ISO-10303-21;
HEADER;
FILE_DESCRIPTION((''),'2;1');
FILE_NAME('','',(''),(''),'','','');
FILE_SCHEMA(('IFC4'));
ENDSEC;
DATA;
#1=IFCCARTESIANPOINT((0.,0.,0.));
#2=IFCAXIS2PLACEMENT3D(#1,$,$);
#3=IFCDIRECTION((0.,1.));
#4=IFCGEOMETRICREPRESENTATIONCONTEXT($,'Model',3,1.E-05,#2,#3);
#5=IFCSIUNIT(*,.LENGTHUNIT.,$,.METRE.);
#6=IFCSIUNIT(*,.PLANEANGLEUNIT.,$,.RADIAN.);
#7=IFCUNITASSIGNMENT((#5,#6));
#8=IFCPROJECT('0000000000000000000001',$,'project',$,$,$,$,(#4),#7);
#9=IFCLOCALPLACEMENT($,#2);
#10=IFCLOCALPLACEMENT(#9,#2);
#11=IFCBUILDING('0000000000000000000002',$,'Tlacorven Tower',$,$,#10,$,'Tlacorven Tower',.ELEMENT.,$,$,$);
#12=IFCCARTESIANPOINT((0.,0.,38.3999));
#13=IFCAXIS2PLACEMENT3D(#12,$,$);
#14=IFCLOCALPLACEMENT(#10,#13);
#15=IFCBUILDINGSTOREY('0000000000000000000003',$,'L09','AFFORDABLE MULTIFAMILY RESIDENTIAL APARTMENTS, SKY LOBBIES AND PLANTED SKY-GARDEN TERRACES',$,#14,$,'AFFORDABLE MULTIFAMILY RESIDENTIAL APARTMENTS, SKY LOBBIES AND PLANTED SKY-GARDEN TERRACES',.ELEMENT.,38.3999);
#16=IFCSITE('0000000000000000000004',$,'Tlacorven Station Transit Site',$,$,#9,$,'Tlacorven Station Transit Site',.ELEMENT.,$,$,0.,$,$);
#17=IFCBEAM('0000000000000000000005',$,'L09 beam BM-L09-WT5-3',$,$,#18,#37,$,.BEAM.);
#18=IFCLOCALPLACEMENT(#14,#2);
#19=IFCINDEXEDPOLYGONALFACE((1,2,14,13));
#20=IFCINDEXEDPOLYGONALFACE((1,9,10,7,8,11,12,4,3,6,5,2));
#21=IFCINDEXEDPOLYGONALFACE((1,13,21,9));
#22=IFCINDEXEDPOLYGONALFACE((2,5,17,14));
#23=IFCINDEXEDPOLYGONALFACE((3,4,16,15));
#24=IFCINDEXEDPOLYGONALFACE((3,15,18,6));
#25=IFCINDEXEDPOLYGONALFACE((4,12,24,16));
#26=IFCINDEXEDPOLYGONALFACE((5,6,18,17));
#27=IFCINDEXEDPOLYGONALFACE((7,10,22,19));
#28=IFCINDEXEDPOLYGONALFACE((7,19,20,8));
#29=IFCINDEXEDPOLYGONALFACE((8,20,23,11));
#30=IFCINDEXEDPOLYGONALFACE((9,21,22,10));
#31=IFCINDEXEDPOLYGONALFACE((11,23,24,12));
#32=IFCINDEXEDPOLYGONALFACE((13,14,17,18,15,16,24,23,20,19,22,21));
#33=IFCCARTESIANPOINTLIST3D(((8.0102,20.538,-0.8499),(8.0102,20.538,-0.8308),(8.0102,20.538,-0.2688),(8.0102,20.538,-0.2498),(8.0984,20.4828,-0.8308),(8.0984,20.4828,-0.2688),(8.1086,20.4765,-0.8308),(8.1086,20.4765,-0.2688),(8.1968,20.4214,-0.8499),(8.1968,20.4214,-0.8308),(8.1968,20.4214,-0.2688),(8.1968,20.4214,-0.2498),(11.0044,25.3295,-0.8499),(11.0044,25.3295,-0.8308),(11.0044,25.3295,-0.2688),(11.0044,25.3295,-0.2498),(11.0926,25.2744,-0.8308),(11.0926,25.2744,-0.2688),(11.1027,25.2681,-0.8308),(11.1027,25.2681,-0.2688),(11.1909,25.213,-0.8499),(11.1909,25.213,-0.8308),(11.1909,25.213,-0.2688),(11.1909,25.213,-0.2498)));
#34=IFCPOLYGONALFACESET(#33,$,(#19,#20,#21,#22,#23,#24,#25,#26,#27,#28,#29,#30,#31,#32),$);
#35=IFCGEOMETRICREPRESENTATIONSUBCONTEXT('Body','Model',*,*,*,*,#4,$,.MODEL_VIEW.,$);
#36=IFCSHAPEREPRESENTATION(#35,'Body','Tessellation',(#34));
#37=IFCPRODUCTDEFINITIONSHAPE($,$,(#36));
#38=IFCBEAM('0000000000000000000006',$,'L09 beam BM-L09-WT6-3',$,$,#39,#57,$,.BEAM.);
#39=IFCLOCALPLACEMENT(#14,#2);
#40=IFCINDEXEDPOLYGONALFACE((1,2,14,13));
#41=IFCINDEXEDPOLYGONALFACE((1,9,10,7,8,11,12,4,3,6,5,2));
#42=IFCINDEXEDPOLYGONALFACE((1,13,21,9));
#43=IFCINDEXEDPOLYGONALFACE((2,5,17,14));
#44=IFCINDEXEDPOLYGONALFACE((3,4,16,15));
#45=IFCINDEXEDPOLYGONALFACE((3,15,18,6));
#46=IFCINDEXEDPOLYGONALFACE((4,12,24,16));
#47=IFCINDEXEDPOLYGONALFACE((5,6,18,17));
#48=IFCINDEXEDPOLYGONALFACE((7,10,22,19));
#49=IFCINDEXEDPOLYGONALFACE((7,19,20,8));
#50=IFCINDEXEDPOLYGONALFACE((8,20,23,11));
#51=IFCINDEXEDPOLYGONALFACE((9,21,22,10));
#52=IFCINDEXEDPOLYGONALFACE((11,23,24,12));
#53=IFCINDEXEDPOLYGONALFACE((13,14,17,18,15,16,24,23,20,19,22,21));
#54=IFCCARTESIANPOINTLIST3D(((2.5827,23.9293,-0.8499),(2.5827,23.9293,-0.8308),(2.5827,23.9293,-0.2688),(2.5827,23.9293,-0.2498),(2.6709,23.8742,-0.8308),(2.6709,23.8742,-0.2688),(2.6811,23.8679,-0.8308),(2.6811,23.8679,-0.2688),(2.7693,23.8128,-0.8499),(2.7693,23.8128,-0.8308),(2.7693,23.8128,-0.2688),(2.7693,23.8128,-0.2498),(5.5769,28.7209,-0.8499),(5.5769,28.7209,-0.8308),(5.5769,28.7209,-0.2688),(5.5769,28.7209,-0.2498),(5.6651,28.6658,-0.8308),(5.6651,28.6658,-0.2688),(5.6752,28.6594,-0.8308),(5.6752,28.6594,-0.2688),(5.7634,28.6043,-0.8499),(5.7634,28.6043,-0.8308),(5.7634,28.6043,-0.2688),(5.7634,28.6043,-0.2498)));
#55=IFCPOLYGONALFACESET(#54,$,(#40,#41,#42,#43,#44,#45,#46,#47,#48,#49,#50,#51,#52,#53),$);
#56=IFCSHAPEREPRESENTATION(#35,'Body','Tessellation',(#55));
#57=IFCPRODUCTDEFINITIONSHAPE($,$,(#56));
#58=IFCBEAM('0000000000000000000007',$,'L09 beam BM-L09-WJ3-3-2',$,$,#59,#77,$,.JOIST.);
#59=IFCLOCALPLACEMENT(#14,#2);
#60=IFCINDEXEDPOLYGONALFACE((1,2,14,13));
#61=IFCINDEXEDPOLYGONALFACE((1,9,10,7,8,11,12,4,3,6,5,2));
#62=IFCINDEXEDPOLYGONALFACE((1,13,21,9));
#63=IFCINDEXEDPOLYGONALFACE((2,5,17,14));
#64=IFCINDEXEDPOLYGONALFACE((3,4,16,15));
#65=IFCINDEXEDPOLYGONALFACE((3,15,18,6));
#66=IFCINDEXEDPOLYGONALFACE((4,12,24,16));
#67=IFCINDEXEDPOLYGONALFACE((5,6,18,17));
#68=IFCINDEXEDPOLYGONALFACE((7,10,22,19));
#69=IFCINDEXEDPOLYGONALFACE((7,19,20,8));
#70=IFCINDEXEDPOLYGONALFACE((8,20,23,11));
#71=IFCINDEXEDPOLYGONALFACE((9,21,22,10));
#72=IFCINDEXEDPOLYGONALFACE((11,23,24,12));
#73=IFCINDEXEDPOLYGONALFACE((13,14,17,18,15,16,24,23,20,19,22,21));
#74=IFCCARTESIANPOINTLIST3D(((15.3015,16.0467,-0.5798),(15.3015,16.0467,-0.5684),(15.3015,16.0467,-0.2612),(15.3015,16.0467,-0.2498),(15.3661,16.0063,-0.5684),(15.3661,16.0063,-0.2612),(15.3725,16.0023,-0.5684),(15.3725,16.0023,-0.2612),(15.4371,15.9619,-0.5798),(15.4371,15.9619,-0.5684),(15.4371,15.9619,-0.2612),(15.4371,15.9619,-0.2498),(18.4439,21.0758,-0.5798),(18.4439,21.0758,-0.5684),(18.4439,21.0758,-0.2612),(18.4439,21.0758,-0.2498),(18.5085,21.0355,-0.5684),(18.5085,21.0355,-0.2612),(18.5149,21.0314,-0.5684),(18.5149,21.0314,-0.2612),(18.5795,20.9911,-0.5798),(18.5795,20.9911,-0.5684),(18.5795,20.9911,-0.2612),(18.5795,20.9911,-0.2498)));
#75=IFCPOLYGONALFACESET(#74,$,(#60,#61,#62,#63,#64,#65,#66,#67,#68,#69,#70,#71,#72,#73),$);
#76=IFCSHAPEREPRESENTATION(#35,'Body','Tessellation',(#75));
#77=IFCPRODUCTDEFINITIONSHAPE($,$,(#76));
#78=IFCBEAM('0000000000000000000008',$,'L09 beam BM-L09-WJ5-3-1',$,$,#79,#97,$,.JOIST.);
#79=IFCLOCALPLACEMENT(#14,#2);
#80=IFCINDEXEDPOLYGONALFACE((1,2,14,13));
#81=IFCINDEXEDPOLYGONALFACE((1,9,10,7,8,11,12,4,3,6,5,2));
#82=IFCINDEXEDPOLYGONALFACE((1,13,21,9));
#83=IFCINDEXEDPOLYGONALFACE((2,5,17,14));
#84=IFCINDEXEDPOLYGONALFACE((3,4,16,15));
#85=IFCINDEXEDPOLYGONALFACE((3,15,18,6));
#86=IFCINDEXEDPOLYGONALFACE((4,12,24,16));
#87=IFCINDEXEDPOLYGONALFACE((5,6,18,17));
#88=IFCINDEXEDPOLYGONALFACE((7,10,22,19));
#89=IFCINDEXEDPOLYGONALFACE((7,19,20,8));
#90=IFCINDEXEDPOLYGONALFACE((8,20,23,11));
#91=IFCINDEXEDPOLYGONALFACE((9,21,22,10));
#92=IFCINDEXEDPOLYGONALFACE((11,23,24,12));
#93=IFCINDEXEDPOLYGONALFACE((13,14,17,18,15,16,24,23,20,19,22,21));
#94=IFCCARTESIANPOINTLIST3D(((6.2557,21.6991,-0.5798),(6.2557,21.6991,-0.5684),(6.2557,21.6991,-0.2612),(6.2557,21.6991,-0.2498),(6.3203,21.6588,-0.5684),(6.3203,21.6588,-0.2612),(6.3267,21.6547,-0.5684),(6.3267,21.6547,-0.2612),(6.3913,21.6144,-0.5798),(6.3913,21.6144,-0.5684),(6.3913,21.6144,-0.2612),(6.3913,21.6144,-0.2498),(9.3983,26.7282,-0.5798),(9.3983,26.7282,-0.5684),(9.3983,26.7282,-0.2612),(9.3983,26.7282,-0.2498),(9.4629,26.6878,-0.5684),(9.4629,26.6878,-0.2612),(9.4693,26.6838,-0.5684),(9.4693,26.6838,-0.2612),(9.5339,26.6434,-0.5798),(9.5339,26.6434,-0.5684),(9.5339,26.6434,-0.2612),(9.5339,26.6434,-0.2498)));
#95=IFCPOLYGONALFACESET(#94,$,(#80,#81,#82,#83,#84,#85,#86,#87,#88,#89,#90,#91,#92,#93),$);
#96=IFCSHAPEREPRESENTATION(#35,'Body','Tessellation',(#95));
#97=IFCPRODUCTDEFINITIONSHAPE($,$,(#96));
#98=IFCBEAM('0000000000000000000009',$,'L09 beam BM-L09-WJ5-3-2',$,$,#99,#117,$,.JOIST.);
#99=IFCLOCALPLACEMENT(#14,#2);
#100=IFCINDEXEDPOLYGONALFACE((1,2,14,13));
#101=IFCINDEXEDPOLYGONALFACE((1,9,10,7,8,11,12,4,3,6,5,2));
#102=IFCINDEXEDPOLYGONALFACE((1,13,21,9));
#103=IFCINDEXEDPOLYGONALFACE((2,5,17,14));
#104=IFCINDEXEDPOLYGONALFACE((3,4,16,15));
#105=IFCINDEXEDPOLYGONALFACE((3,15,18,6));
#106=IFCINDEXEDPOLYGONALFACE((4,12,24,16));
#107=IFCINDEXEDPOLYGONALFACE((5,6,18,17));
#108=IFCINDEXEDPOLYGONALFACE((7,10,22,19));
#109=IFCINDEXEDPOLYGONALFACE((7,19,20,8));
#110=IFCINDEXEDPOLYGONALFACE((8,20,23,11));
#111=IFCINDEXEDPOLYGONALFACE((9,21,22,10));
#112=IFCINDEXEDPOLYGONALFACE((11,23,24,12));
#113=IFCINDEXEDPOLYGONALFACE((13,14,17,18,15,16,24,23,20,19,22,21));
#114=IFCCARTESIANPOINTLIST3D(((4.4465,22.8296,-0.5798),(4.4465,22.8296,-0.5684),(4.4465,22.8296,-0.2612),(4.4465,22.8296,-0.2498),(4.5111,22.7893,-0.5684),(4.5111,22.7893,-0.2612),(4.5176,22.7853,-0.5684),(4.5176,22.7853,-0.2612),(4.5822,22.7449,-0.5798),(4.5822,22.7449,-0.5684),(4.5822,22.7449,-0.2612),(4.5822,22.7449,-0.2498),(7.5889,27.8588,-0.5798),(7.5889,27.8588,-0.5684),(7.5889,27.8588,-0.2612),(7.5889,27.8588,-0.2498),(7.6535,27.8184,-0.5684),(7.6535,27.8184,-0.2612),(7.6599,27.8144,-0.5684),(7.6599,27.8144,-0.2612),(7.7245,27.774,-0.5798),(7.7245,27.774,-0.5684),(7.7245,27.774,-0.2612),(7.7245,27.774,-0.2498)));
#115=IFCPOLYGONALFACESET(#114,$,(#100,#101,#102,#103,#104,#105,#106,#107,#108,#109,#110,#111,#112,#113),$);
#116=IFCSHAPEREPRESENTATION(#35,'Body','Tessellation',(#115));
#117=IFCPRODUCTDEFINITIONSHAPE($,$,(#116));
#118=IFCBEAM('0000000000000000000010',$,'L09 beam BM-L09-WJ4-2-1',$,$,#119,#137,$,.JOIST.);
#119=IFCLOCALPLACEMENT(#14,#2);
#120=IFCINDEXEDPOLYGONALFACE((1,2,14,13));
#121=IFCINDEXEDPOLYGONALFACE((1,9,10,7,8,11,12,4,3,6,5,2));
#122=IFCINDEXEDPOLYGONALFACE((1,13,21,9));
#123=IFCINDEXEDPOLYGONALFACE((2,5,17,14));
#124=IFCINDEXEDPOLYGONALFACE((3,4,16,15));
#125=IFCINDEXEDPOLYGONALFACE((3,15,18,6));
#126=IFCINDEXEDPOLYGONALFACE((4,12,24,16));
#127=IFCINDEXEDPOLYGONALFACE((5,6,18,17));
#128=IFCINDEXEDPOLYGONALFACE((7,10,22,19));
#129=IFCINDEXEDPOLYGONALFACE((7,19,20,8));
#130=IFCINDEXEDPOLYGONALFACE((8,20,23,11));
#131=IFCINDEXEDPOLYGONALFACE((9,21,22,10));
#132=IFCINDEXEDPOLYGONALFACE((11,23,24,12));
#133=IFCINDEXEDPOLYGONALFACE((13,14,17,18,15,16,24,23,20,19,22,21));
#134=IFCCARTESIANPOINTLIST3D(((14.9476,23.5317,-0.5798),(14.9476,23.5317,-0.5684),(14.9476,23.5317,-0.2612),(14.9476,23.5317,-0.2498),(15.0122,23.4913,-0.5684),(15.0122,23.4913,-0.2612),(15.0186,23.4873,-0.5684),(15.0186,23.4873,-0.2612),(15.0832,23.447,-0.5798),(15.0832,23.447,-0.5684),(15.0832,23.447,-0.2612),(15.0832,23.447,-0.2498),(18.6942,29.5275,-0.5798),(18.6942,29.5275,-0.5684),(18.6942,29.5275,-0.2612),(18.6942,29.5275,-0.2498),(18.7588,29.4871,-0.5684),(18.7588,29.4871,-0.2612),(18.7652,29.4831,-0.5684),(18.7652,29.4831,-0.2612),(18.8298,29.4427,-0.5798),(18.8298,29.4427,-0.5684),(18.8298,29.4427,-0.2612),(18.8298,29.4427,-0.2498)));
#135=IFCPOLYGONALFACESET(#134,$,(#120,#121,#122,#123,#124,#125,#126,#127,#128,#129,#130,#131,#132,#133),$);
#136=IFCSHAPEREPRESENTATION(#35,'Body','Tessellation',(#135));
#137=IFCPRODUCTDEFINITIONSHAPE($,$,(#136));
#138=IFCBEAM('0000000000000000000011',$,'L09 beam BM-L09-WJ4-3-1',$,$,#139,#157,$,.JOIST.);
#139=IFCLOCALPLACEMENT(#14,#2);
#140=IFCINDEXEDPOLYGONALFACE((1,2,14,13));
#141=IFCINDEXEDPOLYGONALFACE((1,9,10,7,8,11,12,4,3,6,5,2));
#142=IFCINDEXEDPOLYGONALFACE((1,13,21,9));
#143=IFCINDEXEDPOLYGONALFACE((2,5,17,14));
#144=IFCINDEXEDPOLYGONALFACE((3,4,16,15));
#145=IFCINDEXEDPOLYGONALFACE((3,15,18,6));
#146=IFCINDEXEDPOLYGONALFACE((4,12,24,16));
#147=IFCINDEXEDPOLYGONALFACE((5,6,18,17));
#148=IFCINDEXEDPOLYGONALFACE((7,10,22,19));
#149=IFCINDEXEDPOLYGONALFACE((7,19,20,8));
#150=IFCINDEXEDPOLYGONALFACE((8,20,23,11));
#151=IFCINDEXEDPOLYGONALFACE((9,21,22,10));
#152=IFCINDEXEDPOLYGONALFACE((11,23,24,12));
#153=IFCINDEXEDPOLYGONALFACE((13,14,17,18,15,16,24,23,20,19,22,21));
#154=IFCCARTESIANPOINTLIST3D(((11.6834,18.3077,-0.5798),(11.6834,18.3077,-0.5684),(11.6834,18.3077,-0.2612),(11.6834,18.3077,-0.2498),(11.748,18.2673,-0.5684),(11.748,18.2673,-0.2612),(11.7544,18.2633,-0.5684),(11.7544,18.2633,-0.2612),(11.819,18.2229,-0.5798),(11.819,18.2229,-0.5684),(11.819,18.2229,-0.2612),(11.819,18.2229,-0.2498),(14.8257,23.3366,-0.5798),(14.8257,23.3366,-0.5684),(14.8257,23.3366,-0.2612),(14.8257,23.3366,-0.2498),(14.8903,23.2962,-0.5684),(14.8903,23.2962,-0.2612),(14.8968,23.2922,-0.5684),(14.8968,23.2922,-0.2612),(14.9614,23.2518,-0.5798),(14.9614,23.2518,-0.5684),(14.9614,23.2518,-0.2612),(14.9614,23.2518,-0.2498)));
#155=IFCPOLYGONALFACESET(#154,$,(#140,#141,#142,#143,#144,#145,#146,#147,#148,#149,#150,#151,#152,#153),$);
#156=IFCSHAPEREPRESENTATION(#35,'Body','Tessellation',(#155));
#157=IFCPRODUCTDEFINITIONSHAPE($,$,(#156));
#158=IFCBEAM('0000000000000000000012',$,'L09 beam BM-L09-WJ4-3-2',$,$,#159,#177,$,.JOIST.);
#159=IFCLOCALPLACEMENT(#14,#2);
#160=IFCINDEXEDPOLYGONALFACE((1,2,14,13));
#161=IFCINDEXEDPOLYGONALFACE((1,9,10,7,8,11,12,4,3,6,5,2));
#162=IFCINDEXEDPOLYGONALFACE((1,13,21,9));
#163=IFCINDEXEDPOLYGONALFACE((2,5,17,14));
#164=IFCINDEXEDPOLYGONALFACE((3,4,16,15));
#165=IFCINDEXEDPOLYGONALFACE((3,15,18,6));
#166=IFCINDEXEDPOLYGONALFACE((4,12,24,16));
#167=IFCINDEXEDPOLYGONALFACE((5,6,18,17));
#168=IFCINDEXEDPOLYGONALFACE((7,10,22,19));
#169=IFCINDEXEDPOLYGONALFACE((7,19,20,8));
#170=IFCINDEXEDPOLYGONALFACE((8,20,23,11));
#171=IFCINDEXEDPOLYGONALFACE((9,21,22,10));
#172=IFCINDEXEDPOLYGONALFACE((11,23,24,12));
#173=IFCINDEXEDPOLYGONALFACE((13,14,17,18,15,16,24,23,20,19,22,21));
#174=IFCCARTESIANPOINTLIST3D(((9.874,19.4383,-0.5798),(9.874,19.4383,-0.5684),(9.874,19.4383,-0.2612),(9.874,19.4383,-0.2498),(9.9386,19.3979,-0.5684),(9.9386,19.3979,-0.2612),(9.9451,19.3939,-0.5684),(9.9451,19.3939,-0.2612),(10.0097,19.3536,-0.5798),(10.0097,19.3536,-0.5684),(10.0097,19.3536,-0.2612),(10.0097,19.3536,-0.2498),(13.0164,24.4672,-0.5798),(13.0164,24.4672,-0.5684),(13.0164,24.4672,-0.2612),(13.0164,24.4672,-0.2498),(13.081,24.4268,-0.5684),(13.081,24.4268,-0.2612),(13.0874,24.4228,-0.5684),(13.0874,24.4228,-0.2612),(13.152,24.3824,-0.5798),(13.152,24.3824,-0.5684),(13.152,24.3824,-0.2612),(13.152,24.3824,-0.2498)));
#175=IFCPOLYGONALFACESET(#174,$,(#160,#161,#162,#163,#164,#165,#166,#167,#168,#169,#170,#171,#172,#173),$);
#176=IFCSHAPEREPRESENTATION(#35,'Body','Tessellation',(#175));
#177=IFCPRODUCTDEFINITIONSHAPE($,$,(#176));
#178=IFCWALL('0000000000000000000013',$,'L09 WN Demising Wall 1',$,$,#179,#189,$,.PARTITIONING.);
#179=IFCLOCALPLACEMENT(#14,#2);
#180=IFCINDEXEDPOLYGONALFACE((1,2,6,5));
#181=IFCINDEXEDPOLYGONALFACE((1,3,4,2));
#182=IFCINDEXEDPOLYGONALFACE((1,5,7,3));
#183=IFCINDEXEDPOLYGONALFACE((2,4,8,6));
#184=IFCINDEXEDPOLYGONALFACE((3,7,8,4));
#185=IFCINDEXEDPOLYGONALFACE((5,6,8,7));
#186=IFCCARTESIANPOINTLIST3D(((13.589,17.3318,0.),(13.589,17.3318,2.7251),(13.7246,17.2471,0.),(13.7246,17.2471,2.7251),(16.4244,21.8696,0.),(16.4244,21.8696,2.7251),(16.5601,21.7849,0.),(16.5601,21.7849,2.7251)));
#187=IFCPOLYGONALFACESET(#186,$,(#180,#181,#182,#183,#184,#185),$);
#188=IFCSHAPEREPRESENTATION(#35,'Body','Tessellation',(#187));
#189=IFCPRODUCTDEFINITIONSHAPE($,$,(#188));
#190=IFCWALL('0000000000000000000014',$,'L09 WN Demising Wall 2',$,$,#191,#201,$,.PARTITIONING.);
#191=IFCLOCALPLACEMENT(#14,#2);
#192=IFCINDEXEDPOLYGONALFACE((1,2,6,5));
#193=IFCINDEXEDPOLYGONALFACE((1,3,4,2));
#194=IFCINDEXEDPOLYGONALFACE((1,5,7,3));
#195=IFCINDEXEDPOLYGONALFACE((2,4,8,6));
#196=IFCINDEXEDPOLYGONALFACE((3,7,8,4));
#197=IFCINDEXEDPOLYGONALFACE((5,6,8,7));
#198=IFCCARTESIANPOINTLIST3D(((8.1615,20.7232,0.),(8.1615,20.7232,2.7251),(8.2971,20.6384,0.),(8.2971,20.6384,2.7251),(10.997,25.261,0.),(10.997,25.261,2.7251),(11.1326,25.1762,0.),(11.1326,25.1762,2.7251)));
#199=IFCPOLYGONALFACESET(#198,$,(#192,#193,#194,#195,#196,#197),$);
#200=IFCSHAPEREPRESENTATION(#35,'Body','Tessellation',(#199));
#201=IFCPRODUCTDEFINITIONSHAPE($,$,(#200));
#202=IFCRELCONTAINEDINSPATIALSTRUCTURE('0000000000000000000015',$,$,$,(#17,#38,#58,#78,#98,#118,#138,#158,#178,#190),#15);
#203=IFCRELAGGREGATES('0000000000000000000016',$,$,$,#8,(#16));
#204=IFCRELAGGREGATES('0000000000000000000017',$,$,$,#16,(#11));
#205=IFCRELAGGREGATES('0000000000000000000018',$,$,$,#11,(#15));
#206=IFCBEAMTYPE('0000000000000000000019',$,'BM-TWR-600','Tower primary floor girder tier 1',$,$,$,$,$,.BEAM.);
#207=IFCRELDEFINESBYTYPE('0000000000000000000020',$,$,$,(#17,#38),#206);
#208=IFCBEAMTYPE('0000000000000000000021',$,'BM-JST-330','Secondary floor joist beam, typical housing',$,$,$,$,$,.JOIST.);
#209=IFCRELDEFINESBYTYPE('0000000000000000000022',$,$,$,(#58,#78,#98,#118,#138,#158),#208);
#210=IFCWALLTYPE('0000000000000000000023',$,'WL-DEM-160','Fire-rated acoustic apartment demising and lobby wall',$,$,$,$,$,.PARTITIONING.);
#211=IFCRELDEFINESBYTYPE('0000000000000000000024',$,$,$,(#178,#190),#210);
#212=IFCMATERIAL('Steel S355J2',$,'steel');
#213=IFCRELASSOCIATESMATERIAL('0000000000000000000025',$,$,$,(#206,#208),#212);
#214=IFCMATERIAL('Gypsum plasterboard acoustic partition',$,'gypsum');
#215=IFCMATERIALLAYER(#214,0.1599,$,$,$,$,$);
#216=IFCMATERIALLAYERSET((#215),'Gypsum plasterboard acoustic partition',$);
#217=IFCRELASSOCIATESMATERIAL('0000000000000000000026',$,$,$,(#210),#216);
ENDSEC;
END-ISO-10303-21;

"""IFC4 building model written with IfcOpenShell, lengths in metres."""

from ifc_helpers import new_model, si_unit, direction, frame, frame_2d, origin, origin_2d, place, context, subcontext, project, spatial, rectangle, i_section, extrude, source, transform, mapped, material, layer, layer_set, material_profile, profile_set, type_object, element, save


model = new_model("IFC4")

# Units and contexts
model_context = context("Model", 3, precision=1e-05, world=origin(), true_north=direction((0.0, 1.0)))
body_context = subcontext(model_context, "Body", "Model", "MODEL_VIEW")
ifc_project = project(units=[si_unit("LENGTHUNIT", "METRE"), si_unit("PLANEANGLEUNIT", "RADIAN")], contexts=[model_context])

# Site, building, storey
site_placement = place(None, origin())
site = spatial("IfcSite", under=ifc_project, at=site_placement, Name="Tlacorven Station Transit Site", LongName="Tlacorven Station Transit Site", CompositionType="ELEMENT", RefElevation=0.0)
building_placement = place(site_placement, origin())
building = spatial("IfcBuilding", under=site, at=building_placement, Name="Tlacorven Tower", LongName="Tlacorven Tower", CompositionType="ELEMENT")
storey_placement = place(building_placement, frame((0.0, 0.0, 38.3999)))
storey = spatial("IfcBuildingStorey", under=building, at=storey_placement, Name="L09", Description="AFFORDABLE MULTIFAMILY RESIDENTIAL APARTMENTS, SKY LOBBIES AND PLANTED SKY-GARDEN TERRACES", LongName="AFFORDABLE MULTIFAMILY RESIDENTIAL APARTMENTS, SKY LOBBIES AND PLANTED SKY-GARDEN TERRACES", CompositionType="ELEMENT", Elevation=38.3999)

# Beams
ifc_material_1 = material(Name="Steel S355J2", Category="steel")
ifc_material_profile_1 = material_profile(ifc_material_1, i_section(OverallWidth=0.22, OverallDepth=0.6001, WebThickness=0.012, FlangeThickness=0.019, at=origin_2d()), Name="IPE 600")
ifc_profile_set_1 = profile_set([ifc_material_profile_1], Name="Steel S355J2")
beam_type_1 = type_object("IfcBeamType", Name="BM-TWR-600", Description="Tower primary floor girder tier 1", PredefinedType="BEAM", material=ifc_profile_set_1)
shared_shape_1 = source(origin(), body_context, "Body", "SweptSolid", [
    extrude(i_section(OverallWidth=0.22, OverallDepth=0.6001, WebThickness=0.012, FlangeThickness=0.019, at=origin_2d()), origin(), (0.0, 0.0, 1.0), 5.6501),
])
for number, where, z_axis, x_axis, name in (
    (1, (11.0977, 25.2712, -0.5498), (-0.529929, -0.848042, 0.0), (0.848042, -0.529929, 0.0), "L09 beam BM-L09-WT5-3"),
    (2, (5.6702, 28.6626, -0.5498), (-0.529929, -0.848042, 0.0), (0.848042, -0.529929, 0.0), "L09 beam BM-L09-WT6-3"),
):
    element("IfcBeam", number, at=place(storey_placement, frame(where, z_axis=z_axis, x_axis=x_axis)), inside=storey, type_object=beam_type_1, Name=name, PredefinedType="BEAM", context=body_context, shape_type="MappedRepresentation", body=[
        mapped(shared_shape_1, transform((0.0, 0.0, 0.0), scale=1.0)),
    ])
ifc_material_profile_2 = material_profile(ifc_material_1, i_section(OverallWidth=0.1599, OverallDepth=0.3301, WebThickness=0.0076, FlangeThickness=0.0115, at=origin_2d()), Name="IPE 330")
ifc_profile_set_2 = profile_set([ifc_material_profile_2], Name="Steel S355J2")
beam_type_2 = type_object("IfcBeamType", Name="BM-JST-330", Description="Secondary floor joist beam, typical housing", PredefinedType="JOIST", material=ifc_profile_set_2)
shared_shape_2 = source(origin(), body_context, "Body", "SweptSolid", [
    extrude(i_section(OverallWidth=0.1599, OverallDepth=0.3301, WebThickness=0.0076, FlangeThickness=0.0115, at=origin_2d()), origin(), (0.0, 0.0, 1.0), 5.9302),
])
for number, where, z_axis, x_axis, name in (
    (3, (18.5117, 21.0334, -0.4148), (-0.529899, -0.848061, 0.0), (0.848061, -0.529899, 0.0), "L09 beam BM-L09-WJ3-3-2"),
    (4, (9.4661, 26.6858, -0.4148), (-0.529929, -0.848042, 0.0), (0.848042, -0.529929, 0.0), "L09 beam BM-L09-WJ5-3-1"),
    (5, (7.6567, 27.8164, -0.4148), (-0.529899, -0.848061, 0.0), (0.848061, -0.529899, 0.0), "L09 beam BM-L09-WJ5-3-2"),
):
    element("IfcBeam", number, at=place(storey_placement, frame(where, z_axis=z_axis, x_axis=x_axis)), inside=storey, type_object=beam_type_2, Name=name, PredefinedType="JOIST", context=body_context, shape_type="MappedRepresentation", body=[
        mapped(shared_shape_2, transform((0.0, 0.0, 0.0), scale=1.0)),
    ])
shared_shape_3 = source(origin(), body_context, "Body", "SweptSolid", [
    extrude(i_section(OverallWidth=0.1599, OverallDepth=0.3301, WebThickness=0.0076, FlangeThickness=0.0115, at=origin_2d()), origin(), (0.0, 0.0, 1.0), 7.0701),
])
beam_1_placement = place(storey_placement, frame((18.762, 29.4851, -0.4148), z_axis=(-0.529915, -0.848051, 0.0), x_axis=(0.848051, -0.529915, 0.0)))
element("IfcBeam", 6, at=beam_1_placement, inside=storey, type_object=beam_type_2, Name="L09 beam BM-L09-WJ4-2-1", PredefinedType="JOIST", context=body_context, shape_type="MappedRepresentation", body=[
    mapped(shared_shape_3, transform((0.0, 0.0, 0.0), scale=1.0)),
])
shared_shape_4 = source(origin(), body_context, "Body", "SweptSolid", [
    extrude(i_section(OverallWidth=0.1599, OverallDepth=0.3301, WebThickness=0.0076, FlangeThickness=0.0115, at=origin_2d()), origin(), (0.0, 0.0, 1.0), 5.9299),
])
for number, where, z_axis, x_axis, name in (
    (7, (14.8936, 23.2942, -0.4148), (-0.529918, -0.848049, 0.0), (0.848049, -0.529918, 0.0), "L09 beam BM-L09-WJ4-3-1"),
    (8, (13.0842, 24.4248, -0.4148), (-0.529918, -0.848049, 0.0), (0.848049, -0.529918, 0.0), "L09 beam BM-L09-WJ4-3-2"),
):
    element("IfcBeam", number, at=place(storey_placement, frame(where, z_axis=z_axis, x_axis=x_axis)), inside=storey, type_object=beam_type_2, Name=name, PredefinedType="JOIST", context=body_context, shape_type="MappedRepresentation", body=[
        mapped(shared_shape_4, transform((0.0, 0.0, 0.0), scale=1.0)),
    ])

# Walls
ifc_material_2 = material(Name="Gypsum plasterboard acoustic partition", Category="gypsum")
ifc_layer_1 = layer(ifc_material_2, 0.1599)
ifc_layer_set_1 = layer_set([ifc_layer_1], Name="Gypsum plasterboard acoustic partition")
wall_type_1 = type_object("IfcWallType", Name="WL-DEM-160", Description="Fire-rated acoustic apartment demising and lobby wall", PredefinedType="PARTITIONING", material=ifc_layer_set_1)
for number, where, z_axis, x_axis, name in (
    (9, (16.4922, 21.8271, 0.0), (0.0, 0.0, 1.0), (-0.529905, -0.848057, 0.0), "L09 WN Demising Wall 1"),
    (10, (11.0647, 25.2185, 0.0), (0.0, 0.0, 1.0), (-0.529905, -0.848057, 0.0), "L09 WN Demising Wall 2"),
):
    element("IfcWall", number, at=place(storey_placement, frame(where, z_axis=z_axis, x_axis=x_axis)), inside=storey, type_object=wall_type_1, Name=name, PredefinedType="PARTITIONING", context=body_context, shape_type="SweptSolid", body=[
        extrude(rectangle(XDim=5.3508, YDim=0.1599, at=frame_2d((2.6753, 0.0))), origin(), (0.0, 0.0, 1.0), 2.7251),
    ])

save(model, "model.ifc")
